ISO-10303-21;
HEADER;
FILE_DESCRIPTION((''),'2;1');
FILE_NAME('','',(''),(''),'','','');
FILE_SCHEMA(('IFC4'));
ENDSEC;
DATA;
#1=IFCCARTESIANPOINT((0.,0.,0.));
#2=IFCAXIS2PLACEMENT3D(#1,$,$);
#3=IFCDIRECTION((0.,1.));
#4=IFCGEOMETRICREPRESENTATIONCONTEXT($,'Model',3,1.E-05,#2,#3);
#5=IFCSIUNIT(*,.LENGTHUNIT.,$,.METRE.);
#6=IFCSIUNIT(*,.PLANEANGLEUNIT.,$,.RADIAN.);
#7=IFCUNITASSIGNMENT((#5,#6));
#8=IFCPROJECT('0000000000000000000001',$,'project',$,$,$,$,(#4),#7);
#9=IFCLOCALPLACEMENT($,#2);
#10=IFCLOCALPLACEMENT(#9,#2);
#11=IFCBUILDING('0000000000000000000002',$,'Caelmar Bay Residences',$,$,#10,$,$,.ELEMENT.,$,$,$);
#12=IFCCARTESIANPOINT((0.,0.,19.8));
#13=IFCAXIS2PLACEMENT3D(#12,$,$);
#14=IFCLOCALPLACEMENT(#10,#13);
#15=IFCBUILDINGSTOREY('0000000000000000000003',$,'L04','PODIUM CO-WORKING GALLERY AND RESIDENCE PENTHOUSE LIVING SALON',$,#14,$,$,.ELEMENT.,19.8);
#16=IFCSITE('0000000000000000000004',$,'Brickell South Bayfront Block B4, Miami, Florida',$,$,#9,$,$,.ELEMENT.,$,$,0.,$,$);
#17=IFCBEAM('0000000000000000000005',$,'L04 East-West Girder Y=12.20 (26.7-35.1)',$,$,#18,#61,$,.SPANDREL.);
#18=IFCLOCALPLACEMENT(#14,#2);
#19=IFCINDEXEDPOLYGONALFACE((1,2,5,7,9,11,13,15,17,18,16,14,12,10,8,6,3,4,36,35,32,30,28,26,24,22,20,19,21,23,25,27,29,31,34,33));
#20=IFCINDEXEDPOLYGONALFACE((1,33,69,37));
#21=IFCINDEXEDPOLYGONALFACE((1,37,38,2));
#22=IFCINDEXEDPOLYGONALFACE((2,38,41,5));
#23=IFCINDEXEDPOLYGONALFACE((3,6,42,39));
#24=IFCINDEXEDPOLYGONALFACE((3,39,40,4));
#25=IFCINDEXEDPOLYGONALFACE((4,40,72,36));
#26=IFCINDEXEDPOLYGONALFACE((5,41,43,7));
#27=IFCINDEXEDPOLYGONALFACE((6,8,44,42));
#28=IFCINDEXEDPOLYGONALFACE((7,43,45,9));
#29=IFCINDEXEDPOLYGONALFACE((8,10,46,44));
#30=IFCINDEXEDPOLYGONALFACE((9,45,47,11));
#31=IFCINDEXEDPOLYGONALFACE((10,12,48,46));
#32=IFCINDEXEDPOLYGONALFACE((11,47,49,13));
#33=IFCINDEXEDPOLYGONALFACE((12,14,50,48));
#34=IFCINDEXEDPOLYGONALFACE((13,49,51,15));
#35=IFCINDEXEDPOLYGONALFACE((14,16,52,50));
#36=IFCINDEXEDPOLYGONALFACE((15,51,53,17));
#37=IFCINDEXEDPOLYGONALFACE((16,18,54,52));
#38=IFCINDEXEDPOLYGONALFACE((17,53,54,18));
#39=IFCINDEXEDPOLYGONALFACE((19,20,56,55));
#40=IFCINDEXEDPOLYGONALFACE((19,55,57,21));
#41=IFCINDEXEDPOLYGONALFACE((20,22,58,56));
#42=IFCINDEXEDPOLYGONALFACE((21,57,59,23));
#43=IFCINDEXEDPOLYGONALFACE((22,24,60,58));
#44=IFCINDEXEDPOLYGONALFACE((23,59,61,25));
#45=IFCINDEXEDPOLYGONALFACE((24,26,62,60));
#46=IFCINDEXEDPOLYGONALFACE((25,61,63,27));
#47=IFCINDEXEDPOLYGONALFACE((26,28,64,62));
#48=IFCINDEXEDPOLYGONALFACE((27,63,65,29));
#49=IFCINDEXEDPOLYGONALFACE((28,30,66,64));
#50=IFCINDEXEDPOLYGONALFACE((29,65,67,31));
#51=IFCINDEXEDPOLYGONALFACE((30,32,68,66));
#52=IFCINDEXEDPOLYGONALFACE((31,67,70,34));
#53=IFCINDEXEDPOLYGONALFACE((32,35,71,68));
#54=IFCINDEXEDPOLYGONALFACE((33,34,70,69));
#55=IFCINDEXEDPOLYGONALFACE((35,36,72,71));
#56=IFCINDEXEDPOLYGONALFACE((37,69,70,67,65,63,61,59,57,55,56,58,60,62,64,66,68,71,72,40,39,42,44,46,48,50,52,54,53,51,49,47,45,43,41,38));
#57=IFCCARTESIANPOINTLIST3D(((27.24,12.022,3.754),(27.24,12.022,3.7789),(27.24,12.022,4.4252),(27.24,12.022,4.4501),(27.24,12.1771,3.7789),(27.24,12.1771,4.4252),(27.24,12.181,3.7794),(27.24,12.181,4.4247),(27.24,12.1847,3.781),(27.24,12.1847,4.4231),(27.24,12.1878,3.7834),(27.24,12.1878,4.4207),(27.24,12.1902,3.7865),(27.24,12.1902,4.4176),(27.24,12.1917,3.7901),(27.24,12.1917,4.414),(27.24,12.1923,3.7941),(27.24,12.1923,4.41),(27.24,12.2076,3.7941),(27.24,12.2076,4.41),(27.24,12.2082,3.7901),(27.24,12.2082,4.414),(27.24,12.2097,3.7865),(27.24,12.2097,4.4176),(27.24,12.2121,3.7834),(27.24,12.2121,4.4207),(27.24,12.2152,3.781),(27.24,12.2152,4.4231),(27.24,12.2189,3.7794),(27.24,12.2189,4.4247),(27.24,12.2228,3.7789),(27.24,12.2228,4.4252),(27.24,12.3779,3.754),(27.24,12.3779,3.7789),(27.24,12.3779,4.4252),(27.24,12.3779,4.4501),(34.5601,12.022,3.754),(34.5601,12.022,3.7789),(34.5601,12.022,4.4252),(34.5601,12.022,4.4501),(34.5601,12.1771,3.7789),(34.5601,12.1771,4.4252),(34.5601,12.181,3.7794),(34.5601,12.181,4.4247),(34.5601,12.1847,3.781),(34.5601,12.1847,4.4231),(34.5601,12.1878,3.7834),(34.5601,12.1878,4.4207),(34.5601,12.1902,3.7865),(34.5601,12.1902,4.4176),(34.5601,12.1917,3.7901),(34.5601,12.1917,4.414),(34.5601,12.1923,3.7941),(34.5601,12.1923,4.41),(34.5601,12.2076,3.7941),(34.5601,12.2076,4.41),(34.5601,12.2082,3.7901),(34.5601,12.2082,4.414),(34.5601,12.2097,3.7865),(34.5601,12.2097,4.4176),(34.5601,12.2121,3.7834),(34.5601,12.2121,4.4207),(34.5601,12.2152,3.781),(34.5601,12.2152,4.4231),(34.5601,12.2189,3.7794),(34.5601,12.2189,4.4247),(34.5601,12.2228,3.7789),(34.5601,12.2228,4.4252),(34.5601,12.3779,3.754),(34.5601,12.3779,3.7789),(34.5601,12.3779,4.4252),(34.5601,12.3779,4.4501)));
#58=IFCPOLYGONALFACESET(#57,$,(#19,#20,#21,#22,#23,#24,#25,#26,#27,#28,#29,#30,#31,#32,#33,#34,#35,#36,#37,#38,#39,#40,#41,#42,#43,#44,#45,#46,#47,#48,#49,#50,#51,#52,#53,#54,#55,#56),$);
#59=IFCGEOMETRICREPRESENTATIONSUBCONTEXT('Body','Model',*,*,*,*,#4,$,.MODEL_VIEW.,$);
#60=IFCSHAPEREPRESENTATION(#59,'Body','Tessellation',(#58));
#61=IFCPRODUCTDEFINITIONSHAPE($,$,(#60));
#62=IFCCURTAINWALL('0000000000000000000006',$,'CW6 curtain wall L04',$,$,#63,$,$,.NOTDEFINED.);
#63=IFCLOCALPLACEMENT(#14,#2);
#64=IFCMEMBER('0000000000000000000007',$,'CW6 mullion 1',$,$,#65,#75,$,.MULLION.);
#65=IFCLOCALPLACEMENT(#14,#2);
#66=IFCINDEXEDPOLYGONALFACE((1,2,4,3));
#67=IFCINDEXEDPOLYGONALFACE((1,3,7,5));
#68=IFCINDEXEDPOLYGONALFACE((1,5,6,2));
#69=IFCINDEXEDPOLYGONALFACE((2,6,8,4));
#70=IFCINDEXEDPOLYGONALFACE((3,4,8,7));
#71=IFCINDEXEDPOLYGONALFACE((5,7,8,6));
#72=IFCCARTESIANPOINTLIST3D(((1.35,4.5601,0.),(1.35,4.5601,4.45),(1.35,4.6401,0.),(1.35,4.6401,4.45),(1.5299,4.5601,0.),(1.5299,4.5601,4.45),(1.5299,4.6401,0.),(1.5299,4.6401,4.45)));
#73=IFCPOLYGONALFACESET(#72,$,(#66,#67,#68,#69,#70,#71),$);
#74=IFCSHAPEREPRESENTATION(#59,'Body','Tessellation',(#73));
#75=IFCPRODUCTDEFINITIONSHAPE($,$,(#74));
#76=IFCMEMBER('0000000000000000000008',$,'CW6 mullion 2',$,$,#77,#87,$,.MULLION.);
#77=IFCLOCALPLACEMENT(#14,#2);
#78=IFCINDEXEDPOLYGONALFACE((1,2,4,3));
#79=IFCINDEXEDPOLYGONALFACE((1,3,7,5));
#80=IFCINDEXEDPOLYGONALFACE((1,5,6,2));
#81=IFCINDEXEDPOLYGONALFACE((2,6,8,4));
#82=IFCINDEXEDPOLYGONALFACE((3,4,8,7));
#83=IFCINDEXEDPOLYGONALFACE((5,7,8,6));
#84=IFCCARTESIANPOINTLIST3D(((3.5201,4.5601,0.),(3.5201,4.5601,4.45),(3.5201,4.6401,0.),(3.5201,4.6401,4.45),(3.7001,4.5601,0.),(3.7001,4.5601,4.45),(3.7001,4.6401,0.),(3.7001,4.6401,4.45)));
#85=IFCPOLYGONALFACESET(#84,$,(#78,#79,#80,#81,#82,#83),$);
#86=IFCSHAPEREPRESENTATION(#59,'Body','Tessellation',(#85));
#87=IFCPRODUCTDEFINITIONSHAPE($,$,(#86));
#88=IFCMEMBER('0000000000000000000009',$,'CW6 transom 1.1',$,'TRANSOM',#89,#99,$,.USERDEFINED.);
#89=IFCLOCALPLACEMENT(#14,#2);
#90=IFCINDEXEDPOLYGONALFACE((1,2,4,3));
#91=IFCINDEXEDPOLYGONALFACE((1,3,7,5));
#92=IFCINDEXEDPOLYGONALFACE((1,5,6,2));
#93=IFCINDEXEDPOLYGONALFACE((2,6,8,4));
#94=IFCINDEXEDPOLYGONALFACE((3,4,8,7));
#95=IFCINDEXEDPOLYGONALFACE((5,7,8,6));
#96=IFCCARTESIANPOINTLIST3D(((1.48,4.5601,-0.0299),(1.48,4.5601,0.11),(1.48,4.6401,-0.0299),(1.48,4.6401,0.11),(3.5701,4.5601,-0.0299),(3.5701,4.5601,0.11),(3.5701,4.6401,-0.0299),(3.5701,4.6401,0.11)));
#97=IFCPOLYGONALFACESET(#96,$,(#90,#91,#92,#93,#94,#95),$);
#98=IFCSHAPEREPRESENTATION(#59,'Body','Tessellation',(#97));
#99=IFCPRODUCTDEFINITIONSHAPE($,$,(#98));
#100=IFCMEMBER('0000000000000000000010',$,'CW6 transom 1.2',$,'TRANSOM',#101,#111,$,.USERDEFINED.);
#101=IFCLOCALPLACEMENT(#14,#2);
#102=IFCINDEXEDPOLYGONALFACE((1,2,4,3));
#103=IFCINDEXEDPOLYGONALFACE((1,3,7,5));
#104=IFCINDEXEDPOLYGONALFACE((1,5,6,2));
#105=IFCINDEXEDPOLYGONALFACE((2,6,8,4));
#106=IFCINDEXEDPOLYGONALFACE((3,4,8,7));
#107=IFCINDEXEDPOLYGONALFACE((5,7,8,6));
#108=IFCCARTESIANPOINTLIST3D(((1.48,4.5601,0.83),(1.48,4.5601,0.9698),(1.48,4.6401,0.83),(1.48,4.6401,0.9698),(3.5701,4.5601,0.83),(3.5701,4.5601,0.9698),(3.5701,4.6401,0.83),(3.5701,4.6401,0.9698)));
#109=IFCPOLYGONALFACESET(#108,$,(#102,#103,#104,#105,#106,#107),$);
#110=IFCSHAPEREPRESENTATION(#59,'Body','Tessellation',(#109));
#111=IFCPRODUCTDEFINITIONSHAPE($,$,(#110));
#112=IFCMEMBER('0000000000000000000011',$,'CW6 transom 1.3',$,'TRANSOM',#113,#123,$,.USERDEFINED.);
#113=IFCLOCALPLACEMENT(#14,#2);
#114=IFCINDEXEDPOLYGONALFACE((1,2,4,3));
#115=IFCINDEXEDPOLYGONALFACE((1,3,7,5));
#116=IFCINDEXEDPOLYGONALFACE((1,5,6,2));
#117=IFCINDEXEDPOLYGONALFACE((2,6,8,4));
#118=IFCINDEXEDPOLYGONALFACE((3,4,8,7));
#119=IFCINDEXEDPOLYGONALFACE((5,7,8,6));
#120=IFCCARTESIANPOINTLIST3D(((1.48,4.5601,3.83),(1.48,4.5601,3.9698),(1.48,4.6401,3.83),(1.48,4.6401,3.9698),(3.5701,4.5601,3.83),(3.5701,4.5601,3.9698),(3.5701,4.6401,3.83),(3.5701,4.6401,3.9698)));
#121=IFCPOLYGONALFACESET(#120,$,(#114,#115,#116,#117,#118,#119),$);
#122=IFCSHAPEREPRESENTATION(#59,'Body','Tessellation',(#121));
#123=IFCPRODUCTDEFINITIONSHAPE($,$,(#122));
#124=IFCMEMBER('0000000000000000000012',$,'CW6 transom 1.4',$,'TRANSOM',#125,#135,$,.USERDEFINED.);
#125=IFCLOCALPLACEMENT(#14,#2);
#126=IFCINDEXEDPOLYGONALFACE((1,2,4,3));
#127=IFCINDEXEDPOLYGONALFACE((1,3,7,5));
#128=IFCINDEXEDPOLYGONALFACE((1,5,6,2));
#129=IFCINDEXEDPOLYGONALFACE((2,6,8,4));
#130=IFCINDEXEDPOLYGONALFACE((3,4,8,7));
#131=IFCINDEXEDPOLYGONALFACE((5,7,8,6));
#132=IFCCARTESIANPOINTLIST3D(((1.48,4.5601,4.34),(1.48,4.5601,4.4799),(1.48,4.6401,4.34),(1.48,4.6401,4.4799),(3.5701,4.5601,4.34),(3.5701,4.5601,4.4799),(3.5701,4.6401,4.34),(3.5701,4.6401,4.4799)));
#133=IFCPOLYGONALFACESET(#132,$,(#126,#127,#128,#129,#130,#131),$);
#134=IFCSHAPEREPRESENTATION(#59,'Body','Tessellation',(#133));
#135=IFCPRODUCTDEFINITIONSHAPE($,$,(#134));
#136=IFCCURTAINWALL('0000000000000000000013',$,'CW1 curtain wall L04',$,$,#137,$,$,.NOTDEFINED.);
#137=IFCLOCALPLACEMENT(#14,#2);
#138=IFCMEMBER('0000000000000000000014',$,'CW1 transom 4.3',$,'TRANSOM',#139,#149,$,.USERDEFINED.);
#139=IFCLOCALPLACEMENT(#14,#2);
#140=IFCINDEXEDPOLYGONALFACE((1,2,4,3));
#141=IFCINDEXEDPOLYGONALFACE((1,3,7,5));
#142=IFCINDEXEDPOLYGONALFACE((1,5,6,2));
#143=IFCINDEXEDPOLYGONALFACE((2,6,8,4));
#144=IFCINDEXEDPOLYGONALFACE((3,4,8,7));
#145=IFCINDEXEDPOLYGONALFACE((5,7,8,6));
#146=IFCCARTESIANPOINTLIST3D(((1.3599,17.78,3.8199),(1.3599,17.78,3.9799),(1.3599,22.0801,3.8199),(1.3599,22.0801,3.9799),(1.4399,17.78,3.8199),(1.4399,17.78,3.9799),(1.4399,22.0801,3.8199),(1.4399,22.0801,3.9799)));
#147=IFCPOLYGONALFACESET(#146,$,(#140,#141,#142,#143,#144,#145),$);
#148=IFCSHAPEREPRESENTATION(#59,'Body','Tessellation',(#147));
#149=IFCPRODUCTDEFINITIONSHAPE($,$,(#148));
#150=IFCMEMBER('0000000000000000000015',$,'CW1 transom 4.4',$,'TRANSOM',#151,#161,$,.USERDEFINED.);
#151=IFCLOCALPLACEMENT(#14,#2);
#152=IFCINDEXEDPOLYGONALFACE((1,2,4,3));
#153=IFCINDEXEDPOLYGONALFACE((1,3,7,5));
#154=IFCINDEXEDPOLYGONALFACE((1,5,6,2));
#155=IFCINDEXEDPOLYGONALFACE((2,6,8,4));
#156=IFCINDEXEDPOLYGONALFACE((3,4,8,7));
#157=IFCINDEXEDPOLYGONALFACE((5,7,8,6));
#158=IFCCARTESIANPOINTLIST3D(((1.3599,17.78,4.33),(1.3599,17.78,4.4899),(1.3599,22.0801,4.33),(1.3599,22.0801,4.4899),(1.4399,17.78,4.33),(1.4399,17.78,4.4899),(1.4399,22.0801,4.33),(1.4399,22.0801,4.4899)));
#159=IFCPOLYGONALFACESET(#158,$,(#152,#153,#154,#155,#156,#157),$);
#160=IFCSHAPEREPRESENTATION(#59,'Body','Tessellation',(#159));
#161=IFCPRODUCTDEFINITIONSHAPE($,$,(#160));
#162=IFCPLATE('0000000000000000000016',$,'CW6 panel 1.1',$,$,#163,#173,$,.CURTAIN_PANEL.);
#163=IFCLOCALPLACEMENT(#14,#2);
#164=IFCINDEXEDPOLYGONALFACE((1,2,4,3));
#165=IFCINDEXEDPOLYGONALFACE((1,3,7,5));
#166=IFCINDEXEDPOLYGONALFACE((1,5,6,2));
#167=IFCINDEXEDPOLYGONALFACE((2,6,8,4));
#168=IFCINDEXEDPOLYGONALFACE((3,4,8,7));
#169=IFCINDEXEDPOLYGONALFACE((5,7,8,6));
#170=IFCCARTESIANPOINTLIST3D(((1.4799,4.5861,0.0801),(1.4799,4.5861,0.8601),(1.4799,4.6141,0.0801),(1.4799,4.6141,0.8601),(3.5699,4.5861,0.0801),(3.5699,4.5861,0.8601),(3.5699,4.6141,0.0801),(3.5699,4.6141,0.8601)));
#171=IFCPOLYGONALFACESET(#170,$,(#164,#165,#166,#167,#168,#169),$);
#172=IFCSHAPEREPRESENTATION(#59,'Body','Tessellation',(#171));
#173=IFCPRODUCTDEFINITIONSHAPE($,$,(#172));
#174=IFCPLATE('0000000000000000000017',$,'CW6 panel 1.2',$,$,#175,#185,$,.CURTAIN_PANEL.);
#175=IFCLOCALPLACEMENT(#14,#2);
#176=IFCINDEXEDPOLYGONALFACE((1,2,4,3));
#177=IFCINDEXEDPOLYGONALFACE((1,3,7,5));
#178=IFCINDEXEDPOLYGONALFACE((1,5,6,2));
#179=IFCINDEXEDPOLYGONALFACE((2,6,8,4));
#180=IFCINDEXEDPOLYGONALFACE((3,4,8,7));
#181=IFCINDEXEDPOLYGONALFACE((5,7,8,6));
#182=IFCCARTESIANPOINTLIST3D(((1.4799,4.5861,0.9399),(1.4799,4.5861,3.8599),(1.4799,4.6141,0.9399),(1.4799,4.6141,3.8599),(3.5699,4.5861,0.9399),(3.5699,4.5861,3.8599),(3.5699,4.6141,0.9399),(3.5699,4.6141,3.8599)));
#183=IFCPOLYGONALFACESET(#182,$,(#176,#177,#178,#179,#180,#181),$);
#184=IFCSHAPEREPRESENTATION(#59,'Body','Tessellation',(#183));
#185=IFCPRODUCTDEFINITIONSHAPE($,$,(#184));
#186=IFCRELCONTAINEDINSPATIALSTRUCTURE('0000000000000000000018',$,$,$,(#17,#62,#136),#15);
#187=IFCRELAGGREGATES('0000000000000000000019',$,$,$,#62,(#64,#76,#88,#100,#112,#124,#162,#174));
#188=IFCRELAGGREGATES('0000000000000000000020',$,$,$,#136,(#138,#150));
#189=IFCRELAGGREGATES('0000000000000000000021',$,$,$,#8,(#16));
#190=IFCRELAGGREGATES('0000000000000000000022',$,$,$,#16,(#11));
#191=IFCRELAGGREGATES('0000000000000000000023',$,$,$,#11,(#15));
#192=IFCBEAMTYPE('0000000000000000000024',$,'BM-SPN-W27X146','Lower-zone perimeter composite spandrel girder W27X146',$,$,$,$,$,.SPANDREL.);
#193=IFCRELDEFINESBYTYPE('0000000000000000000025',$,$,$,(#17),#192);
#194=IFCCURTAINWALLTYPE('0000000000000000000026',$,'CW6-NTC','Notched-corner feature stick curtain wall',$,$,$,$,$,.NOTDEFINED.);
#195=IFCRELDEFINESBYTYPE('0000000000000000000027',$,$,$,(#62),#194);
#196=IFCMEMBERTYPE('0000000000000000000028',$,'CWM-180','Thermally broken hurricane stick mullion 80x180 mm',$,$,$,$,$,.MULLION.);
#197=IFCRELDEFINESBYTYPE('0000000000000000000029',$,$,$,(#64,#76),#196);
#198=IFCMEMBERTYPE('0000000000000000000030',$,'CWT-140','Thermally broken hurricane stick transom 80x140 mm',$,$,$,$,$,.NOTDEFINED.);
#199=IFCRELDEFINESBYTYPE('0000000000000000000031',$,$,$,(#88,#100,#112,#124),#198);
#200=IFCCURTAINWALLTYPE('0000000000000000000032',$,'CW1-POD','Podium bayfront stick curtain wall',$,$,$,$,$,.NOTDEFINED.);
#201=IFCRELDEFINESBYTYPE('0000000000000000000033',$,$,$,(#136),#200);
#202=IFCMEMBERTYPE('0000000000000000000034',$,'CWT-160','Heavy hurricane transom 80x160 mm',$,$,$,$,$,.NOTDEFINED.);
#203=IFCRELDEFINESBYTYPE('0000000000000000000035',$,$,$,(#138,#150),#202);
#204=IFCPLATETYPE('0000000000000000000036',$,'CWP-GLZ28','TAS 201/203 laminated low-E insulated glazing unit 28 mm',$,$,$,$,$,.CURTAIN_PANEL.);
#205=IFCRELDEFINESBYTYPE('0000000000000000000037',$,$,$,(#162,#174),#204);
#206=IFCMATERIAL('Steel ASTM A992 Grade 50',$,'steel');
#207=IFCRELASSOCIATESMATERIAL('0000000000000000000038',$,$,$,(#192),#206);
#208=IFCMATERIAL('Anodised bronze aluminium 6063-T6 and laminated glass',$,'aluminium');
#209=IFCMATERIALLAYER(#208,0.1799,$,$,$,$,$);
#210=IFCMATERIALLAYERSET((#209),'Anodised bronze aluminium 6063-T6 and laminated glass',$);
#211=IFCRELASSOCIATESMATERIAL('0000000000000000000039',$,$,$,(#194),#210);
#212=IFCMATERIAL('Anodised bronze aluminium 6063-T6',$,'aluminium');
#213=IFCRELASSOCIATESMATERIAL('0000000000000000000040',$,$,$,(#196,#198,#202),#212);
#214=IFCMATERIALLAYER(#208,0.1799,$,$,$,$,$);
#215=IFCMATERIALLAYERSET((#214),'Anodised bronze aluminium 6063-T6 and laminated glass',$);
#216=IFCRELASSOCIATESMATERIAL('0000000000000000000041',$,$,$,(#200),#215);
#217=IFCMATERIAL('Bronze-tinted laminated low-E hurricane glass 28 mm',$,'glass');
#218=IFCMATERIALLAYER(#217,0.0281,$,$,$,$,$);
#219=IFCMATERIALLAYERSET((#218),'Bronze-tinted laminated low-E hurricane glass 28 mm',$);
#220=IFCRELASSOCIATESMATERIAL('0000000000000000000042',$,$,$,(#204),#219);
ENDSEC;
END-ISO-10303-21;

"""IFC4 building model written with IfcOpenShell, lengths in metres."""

from ifc_helpers import new_model, si_unit, direction, frame, origin, origin_2d, place, context, subcontext, project, spatial, rectangle, i_section, extrude, material, layer, layer_set, material_profile, profile_set, type_object, element, aggregate, save


model = new_model("IFC4")

# Units and contexts
model_context = context("Model", 3, precision=1e-05, world=origin(), true_north=direction((0.0, 1.0)))
body_context = subcontext(model_context, "Body", "Model", "MODEL_VIEW")
ifc_project = project(units=[si_unit("LENGTHUNIT", "METRE"), si_unit("PLANEANGLEUNIT", "RADIAN")], contexts=[model_context])

# Site, building, storey
site_placement = place(None, origin())
site = spatial("IfcSite", under=ifc_project, at=site_placement, Name="Brickell South Bayfront Block B4, Miami, Florida", CompositionType="ELEMENT", RefElevation=0.0)
building_placement = place(site_placement, origin())
building = spatial("IfcBuilding", under=site, at=building_placement, Name="Caelmar Bay Residences", CompositionType="ELEMENT")
storey_placement = place(building_placement, frame((0.0, 0.0, 19.8)))
storey = spatial("IfcBuildingStorey", under=building, at=storey_placement, Name="L04", Description="PODIUM CO-WORKING GALLERY AND RESIDENCE PENTHOUSE LIVING SALON", CompositionType="ELEMENT", Elevation=19.8)

# Beam
ifc_material_1 = material(Name="Steel ASTM A992 Grade 50", Category="steel")
ifc_material_profile_1 = material_profile(ifc_material_1, i_section(OverallWidth=0.356, OverallDepth=0.696, WebThickness=0.0154, FlangeThickness=0.0249, FilletRadius=0.0151, at=origin_2d()), Name="W27X146")
ifc_profile_set_1 = profile_set([ifc_material_profile_1], Name="Steel ASTM A992 Grade 50")
beam_type_1 = type_object("IfcBeamType", Name="BM-SPN-W27X146", Description="Lower-zone perimeter composite spandrel girder W27X146", PredefinedType="SPANDREL", material=ifc_profile_set_1)
beam_1_placement = place(storey_placement, frame((27.24, 12.2, 4.1021), z_axis=(1.0, 0.0, 0.0), x_axis=(0.0, 1.0, 0.0)))
element("IfcBeam", 1, at=beam_1_placement, inside=storey, type_object=beam_type_1, Name="L04 East-West Girder Y=12.20 (26.7-35.1)", PredefinedType="SPANDREL", context=body_context, shape_type="SweptSolid", body=[
    extrude(i_section(OverallWidth=0.356, OverallDepth=0.696, WebThickness=0.0154, FlangeThickness=0.0249, FilletRadius=0.0151, at=origin_2d()), origin(), (0.0, 0.0, 1.0), 7.3201),
])

# Curtain walls, members
ifc_material_2 = material(Name="Anodised bronze aluminium 6063-T6 and laminated glass", Category="aluminium")
ifc_layer_1 = layer(ifc_material_2, 0.1799)
ifc_layer_set_1 = layer_set([ifc_layer_1], Name="Anodised bronze aluminium 6063-T6 and laminated glass")
curtain_wall_type_1 = type_object("IfcCurtainWallType", Name="CW6-NTC", Description="Notched-corner feature stick curtain wall", PredefinedType="NOTDEFINED", material=ifc_layer_set_1)
curtain_wall_1_placement = place(storey_placement, origin())
curtain_wall_1 = element("IfcCurtainWall", 2, at=curtain_wall_1_placement, inside=storey, type_object=curtain_wall_type_1, Name="CW6 curtain wall L04", PredefinedType="NOTDEFINED")
ifc_material_3 = material(Name="Anodised bronze aluminium 6063-T6", Category="aluminium")
ifc_material_profile_2 = material_profile(ifc_material_3, rectangle(XDim=0.0801, YDim=0.1799, at=origin_2d()), Name="CWM-80X180")
ifc_profile_set_2 = profile_set([ifc_material_profile_2], Name="Anodised bronze aluminium 6063-T6")
member_type_1 = type_object("IfcMemberType", Name="CWM-180", Description="Thermally broken hurricane stick mullion 80x180 mm", PredefinedType="MULLION", material=ifc_profile_set_2)
member_1_placement = place(storey_placement, frame((1.4399, 4.6001, 0.0), z_axis=(0.0, 0.0, 1.0), x_axis=(0.0, 1.0, 0.0)))
member_1 = element("IfcMember", 3, at=member_1_placement, type_object=member_type_1, Name="CW6 mullion 1", PredefinedType="MULLION", context=body_context, shape_type="SweptSolid", body=[
    extrude(rectangle(XDim=0.0801, YDim=0.1799, at=origin_2d()), origin(), (0.0, 0.0, 1.0), 4.45),
])
member_2_placement = place(storey_placement, frame((3.6101, 4.6001, 0.0), z_axis=(0.0, 0.0, 1.0), x_axis=(0.0, 1.0, 0.0)))
member_2 = element("IfcMember", 4, at=member_2_placement, type_object=member_type_1, Name="CW6 mullion 2", PredefinedType="MULLION", context=body_context, shape_type="SweptSolid", body=[
    extrude(rectangle(XDim=0.0801, YDim=0.1799, at=origin_2d()), origin(), (0.0, 0.0, 1.0), 4.45),
])
ifc_material_profile_3 = material_profile(ifc_material_3, rectangle(XDim=0.0801, YDim=0.1399, at=origin_2d()), Name="CWT-80X140")
ifc_profile_set_3 = profile_set([ifc_material_profile_3], Name="Anodised bronze aluminium 6063-T6")
member_type_2 = type_object("IfcMemberType", Name="CWT-140", Description="Thermally broken hurricane stick transom 80x140 mm", PredefinedType="NOTDEFINED", material=ifc_profile_set_3)
member_3_placement = place(storey_placement, frame((1.48, 4.6001, 0.04), z_axis=(1.0, 0.0, 0.0), x_axis=(0.0, 1.0, 0.0)))
member_3 = element("IfcMember", 5, at=member_3_placement, type_object=member_type_2, Name="CW6 transom 1.1", ObjectType="TRANSOM", PredefinedType="USERDEFINED", context=body_context, shape_type="SweptSolid", body=[
    extrude(rectangle(XDim=0.0801, YDim=0.1399, at=origin_2d()), origin(), (0.0, 0.0, 1.0), 2.0901),
])
member_4_placement = place(storey_placement, frame((1.48, 4.6001, 0.8999), z_axis=(1.0, 0.0, 0.0), x_axis=(0.0, 1.0, 0.0)))
member_4 = element("IfcMember", 6, at=member_4_placement, type_object=member_type_2, Name="CW6 transom 1.2", ObjectType="TRANSOM", PredefinedType="USERDEFINED", context=body_context, shape_type="SweptSolid", body=[
    extrude(rectangle(XDim=0.0801, YDim=0.1399, at=origin_2d()), origin(), (0.0, 0.0, 1.0), 2.0901),
])
member_5_placement = place(storey_placement, frame((1.48, 4.6001, 3.8999), z_axis=(1.0, 0.0, 0.0), x_axis=(0.0, 1.0, 0.0)))
member_5 = element("IfcMember", 7, at=member_5_placement, type_object=member_type_2, Name="CW6 transom 1.3", ObjectType="TRANSOM", PredefinedType="USERDEFINED", context=body_context, shape_type="SweptSolid", body=[
    extrude(rectangle(XDim=0.0801, YDim=0.1399, at=origin_2d()), origin(), (0.0, 0.0, 1.0), 2.0901),
])
member_6_placement = place(storey_placement, frame((1.48, 4.6001, 4.4099), z_axis=(1.0, 0.0, 0.0), x_axis=(0.0, 1.0, 0.0)))
member_6 = element("IfcMember", 8, at=member_6_placement, type_object=member_type_2, Name="CW6 transom 1.4", ObjectType="TRANSOM", PredefinedType="USERDEFINED", context=body_context, shape_type="SweptSolid", body=[
    extrude(rectangle(XDim=0.0801, YDim=0.1399, at=origin_2d()), origin(), (0.0, 0.0, 1.0), 2.0901),
])
ifc_layer_2 = layer(ifc_material_2, 0.1799)
ifc_layer_set_2 = layer_set([ifc_layer_2], Name="Anodised bronze aluminium 6063-T6 and laminated glass")
curtain_wall_type_2 = type_object("IfcCurtainWallType", Name="CW1-POD", Description="Podium bayfront stick curtain wall", PredefinedType="NOTDEFINED", material=ifc_layer_set_2)
curtain_wall_2_placement = place(storey_placement, origin())
curtain_wall_2 = element("IfcCurtainWall", 9, at=curtain_wall_2_placement, inside=storey, type_object=curtain_wall_type_2, Name="CW1 curtain wall L04", PredefinedType="NOTDEFINED")
ifc_material_profile_4 = material_profile(ifc_material_3, rectangle(XDim=0.0801, YDim=0.1599, at=origin_2d()), Name="CWT-80X160")
ifc_profile_set_4 = profile_set([ifc_material_profile_4], Name="Anodised bronze aluminium 6063-T6")
member_type_3 = type_object("IfcMemberType", Name="CWT-160", Description="Heavy hurricane transom 80x160 mm", PredefinedType="NOTDEFINED", material=ifc_profile_set_4)
member_7_placement = place(storey_placement, frame((1.3999, 17.78, 3.8999), z_axis=(0.0, 1.0, 0.0), x_axis=(-1.0, 0.0, 0.0)))
member_7 = element("IfcMember", 10, at=member_7_placement, type_object=member_type_3, Name="CW1 transom 4.3", ObjectType="TRANSOM", PredefinedType="USERDEFINED", context=body_context, shape_type="SweptSolid", body=[
    extrude(rectangle(XDim=0.0801, YDim=0.1599, at=origin_2d()), origin(), (0.0, 0.0, 1.0), 4.3),
])
member_8_placement = place(storey_placement, frame((1.3999, 17.78, 4.4099), z_axis=(0.0, 1.0, 0.0), x_axis=(-1.0, 0.0, 0.0)))
member_8 = element("IfcMember", 11, at=member_8_placement, type_object=member_type_3, Name="CW1 transom 4.4", ObjectType="TRANSOM", PredefinedType="USERDEFINED", context=body_context, shape_type="SweptSolid", body=[
    extrude(rectangle(XDim=0.0801, YDim=0.1599, at=origin_2d()), origin(), (0.0, 0.0, 1.0), 4.3),
])

# Plates
ifc_material_4 = material(Name="Bronze-tinted laminated low-E hurricane glass 28 mm", Category="glass")
ifc_layer_3 = layer(ifc_material_4, 0.0281)
ifc_layer_set_3 = layer_set([ifc_layer_3], Name="Bronze-tinted laminated low-E hurricane glass 28 mm")
plate_type_1 = type_object("IfcPlateType", Name="CWP-GLZ28", Description="TAS 201/203 laminated low-E insulated glazing unit 28 mm", PredefinedType="CURTAIN_PANEL", material=ifc_layer_set_3)
plate_1_placement = place(storey_placement, frame((2.5249, 4.6001, 0.0801), z_axis=(0.0, 0.0, 1.0), x_axis=(1.0, 0.0, 0.0)))
plate_1 = element("IfcPlate", 12, at=plate_1_placement, type_object=plate_type_1, Name="CW6 panel 1.1", PredefinedType="CURTAIN_PANEL", context=body_context, shape_type="SweptSolid", body=[
    extrude(rectangle(XDim=2.0901, YDim=0.0281, at=origin_2d()), origin(), (0.0, 0.0, 1.0), 0.78),
])
plate_2_placement = place(storey_placement, frame((2.5249, 4.6001, 0.9399), z_axis=(0.0, 0.0, 1.0), x_axis=(1.0, 0.0, 0.0)))
plate_2 = element("IfcPlate", 13, at=plate_2_placement, type_object=plate_type_1, Name="CW6 panel 1.2", PredefinedType="CURTAIN_PANEL", context=body_context, shape_type="SweptSolid", body=[
    extrude(rectangle(XDim=2.0901, YDim=0.0281, at=origin_2d()), origin(), (0.0, 0.0, 1.0), 2.9199),
])
aggregate(curtain_wall_1, [member_1, member_2, member_3, member_4, member_5, member_6, plate_1, plate_2])
aggregate(curtain_wall_2, [member_7, member_8])

save(model, "model.ifc")
